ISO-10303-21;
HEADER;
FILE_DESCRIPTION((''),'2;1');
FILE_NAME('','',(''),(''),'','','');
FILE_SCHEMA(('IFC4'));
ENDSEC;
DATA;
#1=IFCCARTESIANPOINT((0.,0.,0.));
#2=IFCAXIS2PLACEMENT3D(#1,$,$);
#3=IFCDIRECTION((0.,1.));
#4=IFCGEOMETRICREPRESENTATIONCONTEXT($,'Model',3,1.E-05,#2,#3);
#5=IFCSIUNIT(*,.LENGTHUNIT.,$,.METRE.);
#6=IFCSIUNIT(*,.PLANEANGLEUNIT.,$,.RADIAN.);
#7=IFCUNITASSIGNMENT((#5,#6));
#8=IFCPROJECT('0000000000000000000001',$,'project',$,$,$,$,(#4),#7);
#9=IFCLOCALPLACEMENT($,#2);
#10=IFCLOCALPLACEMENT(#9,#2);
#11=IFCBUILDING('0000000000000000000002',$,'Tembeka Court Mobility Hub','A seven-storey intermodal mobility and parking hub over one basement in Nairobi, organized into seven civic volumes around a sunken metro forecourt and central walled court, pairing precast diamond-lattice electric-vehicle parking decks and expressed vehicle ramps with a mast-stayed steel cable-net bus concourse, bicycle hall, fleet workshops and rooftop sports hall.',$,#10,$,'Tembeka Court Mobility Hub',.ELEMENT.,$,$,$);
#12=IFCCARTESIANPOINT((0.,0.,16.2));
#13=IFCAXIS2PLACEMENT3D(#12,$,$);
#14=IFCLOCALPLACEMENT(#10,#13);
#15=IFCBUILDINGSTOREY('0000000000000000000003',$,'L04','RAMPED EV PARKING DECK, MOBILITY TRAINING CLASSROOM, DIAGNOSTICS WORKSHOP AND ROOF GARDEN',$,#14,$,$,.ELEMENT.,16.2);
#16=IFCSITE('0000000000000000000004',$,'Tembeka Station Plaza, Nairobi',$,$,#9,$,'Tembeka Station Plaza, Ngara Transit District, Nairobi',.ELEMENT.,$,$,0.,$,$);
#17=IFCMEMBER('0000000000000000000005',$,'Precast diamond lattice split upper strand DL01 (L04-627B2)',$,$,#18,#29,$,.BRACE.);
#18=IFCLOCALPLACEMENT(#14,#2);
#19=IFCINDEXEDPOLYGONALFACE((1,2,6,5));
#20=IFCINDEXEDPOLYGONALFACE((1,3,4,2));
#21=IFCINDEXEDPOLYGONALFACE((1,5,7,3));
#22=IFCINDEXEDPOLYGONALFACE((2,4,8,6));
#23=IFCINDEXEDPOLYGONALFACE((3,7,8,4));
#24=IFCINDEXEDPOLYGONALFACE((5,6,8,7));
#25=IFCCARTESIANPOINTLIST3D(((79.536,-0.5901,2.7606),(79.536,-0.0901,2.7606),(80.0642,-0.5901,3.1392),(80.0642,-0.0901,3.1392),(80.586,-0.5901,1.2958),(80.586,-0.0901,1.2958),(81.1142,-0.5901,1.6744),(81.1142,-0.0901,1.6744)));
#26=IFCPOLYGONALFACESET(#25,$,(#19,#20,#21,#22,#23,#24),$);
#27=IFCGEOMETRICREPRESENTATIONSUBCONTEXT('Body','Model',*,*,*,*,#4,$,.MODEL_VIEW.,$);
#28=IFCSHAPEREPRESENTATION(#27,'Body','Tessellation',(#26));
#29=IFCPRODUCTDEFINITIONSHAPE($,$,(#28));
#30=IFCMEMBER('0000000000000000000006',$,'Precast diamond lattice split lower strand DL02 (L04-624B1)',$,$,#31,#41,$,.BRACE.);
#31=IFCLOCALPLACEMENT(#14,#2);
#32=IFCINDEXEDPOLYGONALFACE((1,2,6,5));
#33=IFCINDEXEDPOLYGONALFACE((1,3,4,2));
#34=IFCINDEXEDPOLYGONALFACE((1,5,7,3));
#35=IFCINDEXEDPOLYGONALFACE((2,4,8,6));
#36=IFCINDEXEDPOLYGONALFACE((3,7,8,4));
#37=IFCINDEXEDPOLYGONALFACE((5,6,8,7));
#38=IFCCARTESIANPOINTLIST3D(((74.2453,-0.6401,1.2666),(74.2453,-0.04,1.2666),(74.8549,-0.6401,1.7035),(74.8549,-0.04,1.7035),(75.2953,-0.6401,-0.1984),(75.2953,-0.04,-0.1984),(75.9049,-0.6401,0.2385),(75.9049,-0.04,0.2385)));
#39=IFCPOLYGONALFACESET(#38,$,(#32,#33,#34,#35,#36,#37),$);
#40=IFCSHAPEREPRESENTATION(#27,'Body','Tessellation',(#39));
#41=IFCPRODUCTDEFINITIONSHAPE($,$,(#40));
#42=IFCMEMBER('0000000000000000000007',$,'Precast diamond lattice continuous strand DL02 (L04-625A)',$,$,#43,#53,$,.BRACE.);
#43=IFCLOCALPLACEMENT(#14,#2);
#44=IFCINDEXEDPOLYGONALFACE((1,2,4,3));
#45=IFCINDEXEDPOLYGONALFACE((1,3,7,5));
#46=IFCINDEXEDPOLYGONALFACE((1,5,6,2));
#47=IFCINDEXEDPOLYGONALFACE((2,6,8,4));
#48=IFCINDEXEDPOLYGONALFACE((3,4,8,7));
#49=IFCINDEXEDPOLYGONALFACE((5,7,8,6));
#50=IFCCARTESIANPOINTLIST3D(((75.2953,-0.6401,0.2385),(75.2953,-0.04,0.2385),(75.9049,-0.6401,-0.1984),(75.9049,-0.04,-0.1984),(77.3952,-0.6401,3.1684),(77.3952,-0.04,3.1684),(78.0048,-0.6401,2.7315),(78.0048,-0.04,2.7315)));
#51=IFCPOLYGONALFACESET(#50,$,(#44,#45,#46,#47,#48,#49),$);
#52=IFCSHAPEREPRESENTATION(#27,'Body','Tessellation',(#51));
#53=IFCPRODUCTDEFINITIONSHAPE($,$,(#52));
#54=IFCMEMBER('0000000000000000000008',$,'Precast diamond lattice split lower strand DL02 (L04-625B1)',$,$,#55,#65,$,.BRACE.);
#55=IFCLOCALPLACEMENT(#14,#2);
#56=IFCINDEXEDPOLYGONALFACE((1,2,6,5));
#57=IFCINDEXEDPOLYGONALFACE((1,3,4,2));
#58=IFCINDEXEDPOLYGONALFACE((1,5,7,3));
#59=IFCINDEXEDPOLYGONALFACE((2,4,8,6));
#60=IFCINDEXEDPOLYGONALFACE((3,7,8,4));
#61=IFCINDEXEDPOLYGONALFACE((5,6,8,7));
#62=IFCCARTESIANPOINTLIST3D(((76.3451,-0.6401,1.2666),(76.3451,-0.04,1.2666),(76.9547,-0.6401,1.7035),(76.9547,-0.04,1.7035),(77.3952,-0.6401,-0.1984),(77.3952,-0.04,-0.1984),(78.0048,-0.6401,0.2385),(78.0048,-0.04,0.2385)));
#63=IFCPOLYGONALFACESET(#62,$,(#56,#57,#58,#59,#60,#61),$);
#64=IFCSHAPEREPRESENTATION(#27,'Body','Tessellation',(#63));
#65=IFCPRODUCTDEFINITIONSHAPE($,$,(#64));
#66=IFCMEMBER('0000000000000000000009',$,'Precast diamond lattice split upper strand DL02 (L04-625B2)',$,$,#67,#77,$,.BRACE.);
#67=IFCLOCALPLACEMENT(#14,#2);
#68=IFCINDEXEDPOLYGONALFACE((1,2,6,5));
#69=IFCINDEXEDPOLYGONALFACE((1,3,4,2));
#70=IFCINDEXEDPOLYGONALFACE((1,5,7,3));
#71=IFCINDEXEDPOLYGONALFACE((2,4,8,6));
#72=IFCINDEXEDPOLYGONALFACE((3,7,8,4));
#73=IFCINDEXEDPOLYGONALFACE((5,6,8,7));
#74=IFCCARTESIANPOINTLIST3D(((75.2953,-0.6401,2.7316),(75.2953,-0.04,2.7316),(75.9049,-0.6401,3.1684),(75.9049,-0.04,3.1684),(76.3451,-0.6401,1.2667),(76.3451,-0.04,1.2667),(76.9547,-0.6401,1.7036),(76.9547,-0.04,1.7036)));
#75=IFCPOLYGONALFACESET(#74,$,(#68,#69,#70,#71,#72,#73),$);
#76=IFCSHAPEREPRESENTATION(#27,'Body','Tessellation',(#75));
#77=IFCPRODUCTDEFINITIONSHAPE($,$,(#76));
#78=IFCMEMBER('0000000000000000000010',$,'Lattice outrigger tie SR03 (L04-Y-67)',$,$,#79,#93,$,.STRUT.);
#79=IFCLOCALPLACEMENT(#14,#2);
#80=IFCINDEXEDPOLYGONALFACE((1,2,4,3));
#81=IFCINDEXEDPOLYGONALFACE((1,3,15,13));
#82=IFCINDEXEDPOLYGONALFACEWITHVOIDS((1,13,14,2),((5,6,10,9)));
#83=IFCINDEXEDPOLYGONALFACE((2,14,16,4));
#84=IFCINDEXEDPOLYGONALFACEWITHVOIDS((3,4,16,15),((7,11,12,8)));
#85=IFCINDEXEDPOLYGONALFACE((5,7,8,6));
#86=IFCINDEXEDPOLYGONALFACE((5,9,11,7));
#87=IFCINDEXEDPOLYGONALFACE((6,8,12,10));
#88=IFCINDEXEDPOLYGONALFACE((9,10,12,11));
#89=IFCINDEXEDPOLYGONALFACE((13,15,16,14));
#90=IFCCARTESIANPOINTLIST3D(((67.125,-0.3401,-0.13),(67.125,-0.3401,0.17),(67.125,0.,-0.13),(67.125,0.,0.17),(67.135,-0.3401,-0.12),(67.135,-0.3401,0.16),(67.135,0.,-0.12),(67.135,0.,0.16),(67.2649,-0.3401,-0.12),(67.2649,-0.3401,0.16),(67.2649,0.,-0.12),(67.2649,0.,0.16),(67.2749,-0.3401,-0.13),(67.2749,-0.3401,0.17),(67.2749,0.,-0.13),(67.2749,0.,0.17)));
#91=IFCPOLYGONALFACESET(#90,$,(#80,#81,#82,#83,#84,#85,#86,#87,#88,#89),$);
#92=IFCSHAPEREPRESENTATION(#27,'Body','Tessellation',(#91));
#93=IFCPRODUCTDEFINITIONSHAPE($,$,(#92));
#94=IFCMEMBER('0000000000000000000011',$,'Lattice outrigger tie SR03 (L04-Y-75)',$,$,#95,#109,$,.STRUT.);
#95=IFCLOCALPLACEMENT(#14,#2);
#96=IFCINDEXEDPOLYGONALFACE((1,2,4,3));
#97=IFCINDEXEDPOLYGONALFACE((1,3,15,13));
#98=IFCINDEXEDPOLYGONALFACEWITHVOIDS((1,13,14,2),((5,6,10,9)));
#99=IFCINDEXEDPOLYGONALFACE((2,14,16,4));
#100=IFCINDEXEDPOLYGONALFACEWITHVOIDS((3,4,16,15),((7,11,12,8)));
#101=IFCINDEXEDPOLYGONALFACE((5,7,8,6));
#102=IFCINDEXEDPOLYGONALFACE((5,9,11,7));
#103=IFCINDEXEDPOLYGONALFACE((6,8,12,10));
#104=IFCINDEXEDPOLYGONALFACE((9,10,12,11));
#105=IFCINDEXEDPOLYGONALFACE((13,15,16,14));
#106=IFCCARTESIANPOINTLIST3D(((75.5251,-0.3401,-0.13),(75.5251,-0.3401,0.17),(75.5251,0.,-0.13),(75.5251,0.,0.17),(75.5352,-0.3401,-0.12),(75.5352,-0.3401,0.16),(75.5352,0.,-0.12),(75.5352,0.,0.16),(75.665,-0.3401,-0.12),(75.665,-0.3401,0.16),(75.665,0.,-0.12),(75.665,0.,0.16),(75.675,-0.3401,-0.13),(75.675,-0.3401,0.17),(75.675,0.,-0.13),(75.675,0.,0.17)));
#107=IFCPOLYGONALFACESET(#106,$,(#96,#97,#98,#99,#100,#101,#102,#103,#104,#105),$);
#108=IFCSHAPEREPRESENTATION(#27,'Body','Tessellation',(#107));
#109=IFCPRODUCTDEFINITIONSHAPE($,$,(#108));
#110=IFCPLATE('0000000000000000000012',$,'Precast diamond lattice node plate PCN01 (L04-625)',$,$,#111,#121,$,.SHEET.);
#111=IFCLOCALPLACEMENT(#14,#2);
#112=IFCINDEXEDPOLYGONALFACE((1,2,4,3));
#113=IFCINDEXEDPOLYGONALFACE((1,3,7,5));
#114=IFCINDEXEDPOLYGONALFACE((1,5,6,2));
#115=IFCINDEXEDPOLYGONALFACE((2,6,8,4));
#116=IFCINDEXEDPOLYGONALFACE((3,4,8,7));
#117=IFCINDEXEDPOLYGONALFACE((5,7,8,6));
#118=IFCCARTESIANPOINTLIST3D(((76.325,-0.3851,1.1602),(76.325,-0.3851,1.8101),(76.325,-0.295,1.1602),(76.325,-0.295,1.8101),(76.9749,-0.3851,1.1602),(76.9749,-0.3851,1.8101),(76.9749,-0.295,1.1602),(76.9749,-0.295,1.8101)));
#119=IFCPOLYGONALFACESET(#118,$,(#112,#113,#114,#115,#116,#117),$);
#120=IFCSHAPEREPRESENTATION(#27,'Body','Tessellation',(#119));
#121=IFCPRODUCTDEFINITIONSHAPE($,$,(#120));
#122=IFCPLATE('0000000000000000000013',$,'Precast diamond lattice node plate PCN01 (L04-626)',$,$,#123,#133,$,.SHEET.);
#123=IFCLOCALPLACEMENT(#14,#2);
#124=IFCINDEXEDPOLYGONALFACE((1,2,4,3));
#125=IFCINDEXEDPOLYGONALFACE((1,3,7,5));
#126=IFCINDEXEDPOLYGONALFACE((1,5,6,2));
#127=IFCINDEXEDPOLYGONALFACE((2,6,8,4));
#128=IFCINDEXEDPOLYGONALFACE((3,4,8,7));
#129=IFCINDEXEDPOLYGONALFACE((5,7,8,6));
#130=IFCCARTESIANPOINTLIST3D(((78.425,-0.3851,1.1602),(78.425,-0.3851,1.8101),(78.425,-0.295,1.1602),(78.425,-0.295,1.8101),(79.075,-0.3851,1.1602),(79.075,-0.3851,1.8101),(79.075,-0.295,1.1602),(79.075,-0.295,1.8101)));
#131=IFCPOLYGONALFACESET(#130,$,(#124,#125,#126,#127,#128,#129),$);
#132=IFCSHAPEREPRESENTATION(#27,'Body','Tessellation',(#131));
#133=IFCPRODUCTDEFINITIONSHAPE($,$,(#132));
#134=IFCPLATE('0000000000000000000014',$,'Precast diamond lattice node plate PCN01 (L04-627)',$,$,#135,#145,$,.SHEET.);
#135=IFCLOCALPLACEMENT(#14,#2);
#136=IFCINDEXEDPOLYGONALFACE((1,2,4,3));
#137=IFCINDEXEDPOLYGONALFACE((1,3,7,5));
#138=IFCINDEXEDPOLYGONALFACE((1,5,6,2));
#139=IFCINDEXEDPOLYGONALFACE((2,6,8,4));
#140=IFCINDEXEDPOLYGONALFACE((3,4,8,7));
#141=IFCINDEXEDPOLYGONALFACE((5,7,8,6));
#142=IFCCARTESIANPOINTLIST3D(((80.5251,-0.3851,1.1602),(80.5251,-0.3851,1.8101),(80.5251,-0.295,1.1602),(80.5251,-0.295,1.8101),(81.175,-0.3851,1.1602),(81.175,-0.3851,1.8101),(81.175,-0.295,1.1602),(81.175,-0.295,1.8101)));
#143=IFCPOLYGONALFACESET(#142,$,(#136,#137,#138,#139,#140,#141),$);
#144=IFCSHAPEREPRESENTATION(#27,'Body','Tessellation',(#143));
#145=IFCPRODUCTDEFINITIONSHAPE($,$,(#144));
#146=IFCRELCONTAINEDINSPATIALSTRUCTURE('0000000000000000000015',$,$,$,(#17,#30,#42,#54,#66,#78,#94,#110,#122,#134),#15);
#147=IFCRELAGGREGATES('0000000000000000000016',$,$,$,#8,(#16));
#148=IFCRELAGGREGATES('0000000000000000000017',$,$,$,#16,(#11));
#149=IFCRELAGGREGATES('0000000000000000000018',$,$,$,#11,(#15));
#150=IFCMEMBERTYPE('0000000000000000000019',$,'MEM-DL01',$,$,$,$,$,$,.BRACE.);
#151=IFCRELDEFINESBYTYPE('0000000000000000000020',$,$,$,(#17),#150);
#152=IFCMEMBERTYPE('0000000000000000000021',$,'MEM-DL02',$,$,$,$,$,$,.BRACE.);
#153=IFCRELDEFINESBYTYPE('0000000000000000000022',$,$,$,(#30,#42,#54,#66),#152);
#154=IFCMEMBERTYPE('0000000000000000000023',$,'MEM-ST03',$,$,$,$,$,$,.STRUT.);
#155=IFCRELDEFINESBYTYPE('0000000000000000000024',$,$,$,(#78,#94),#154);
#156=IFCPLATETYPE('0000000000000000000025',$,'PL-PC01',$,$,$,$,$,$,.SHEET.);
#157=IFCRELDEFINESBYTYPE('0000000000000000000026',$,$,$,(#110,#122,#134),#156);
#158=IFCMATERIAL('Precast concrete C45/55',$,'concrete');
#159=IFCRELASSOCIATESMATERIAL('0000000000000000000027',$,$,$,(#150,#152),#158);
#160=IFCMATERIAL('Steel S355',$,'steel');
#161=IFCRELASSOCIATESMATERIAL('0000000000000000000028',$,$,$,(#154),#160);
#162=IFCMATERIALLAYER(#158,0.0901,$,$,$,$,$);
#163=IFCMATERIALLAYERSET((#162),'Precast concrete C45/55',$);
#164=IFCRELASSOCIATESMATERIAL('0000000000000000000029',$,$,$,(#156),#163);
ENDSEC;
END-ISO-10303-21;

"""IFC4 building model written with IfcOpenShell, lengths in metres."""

from ifc_helpers import new_model, si_unit, direction, frame, origin, origin_2d, place, context, subcontext, project, spatial, rectangle, hollow_rectangle, extrude, material, layer, layer_set, material_profile, profile_set, type_object, element, save


model = new_model("IFC4")

# Units and contexts
model_context = context("Model", 3, precision=1e-05, world=origin(), true_north=direction((0.0, 1.0)))
body_context = subcontext(model_context, "Body", "Model", "MODEL_VIEW")
ifc_project = project(units=[si_unit("LENGTHUNIT", "METRE"), si_unit("PLANEANGLEUNIT", "RADIAN")], contexts=[model_context])

# Site, building, storey
site_placement = place(None, origin())
site = spatial("IfcSite", under=ifc_project, at=site_placement, Name="Tembeka Station Plaza, Nairobi", LongName="Tembeka Station Plaza, Ngara Transit District, Nairobi", CompositionType="ELEMENT", RefElevation=0.0)
building_placement = place(site_placement, origin())
building = spatial("IfcBuilding", under=site, at=building_placement, Name="Tembeka Court Mobility Hub", Description="A seven-storey intermodal mobility and parking hub over one basement in Nairobi, organized into seven civic volumes around a sunken metro forecourt and central walled court, pairing precast diamond-lattice electric-vehicle parking decks and expressed vehicle ramps with a mast-stayed steel cable-net bus concourse, bicycle hall, fleet workshops and rooftop sports hall.", LongName="Tembeka Court Mobility Hub", CompositionType="ELEMENT")
storey_placement = place(building_placement, frame((0.0, 0.0, 16.2)))
storey = spatial("IfcBuildingStorey", under=building, at=storey_placement, Name="L04", Description="RAMPED EV PARKING DECK, MOBILITY TRAINING CLASSROOM, DIAGNOSTICS WORKSHOP AND ROOF GARDEN", CompositionType="ELEMENT", Elevation=16.2)

# Shared definitions
ifc_material_1 = material(Name="Steel S355", Category="steel")

# Shared definitions
ifc_material_2 = material(Name="Precast concrete C45/55", Category="concrete")

# Members
ifc_material_profile_1 = material_profile(ifc_material_2, rectangle(XDim=0.5, YDim=0.6499, at=origin_2d()), Name="PC-DIAG 500x650")
ifc_profile_set_1 = profile_set([ifc_material_profile_1], Name="Precast concrete C45/55")
member_type_1 = type_object("IfcMemberType", Name="MEM-DL01", PredefinedType="BRACE", material=ifc_profile_set_1)
member_1_placement = place(storey_placement, frame((80.8501, -0.3401, 1.4851), z_axis=(-0.582608, 0.0, 0.812753), x_axis=(0.0, -1.0, 0.0)))
element("IfcMember", 1, at=member_1_placement, inside=storey, type_object=member_type_1, Name="Precast diamond lattice split upper strand DL01 (L04-627B2)", PredefinedType="BRACE", context=body_context, shape_type="SweptSolid", body=[
    extrude(rectangle(XDim=0.5, YDim=0.6499, at=origin_2d()), origin(), (0.0, 0.0, 1.0), 1.8022),
])
ifc_material_profile_2 = material_profile(ifc_material_2, rectangle(XDim=0.6001, YDim=0.75, at=origin_2d()), Name="PC-DIAG 600x750")
ifc_profile_set_2 = profile_set([ifc_material_profile_2], Name="Precast concrete C45/55")
member_type_2 = type_object("IfcMemberType", Name="MEM-DL02", PredefinedType="BRACE", material=ifc_profile_set_2)
member_2_placement = place(storey_placement, frame((75.6001, -0.3401, 0.02), z_axis=(-0.582544, 0.0, 0.812799), x_axis=(0.0, -1.0, 0.0)))
element("IfcMember", 2, at=member_2_placement, inside=storey, type_object=member_type_2, Name="Precast diamond lattice split lower strand DL02 (L04-624B1)", PredefinedType="BRACE", context=body_context, shape_type="SweptSolid", body=[
    extrude(rectangle(XDim=0.6001, YDim=0.75, at=origin_2d()), origin(), (0.0, 0.0, 1.0), 1.8025),
])
member_3_placement = place(storey_placement, frame((75.6001, -0.3401, 0.02), z_axis=(0.582532, 0.0, 0.812808), x_axis=(0.0, 1.0, 0.0)))
element("IfcMember", 3, at=member_3_placement, inside=storey, type_object=member_type_2, Name="Precast diamond lattice continuous strand DL02 (L04-625A)", PredefinedType="BRACE", context=body_context, shape_type="SweptSolid", body=[
    extrude(rectangle(XDim=0.6001, YDim=0.75, at=origin_2d()), origin(), (0.0, 0.0, 1.0), 3.6047),
])
member_4_placement = place(storey_placement, frame((77.7, -0.3401, 0.02), z_axis=(-0.582544, 0.0, 0.812799), x_axis=(0.0, -1.0, 0.0)))
element("IfcMember", 4, at=member_4_placement, inside=storey, type_object=member_type_2, Name="Precast diamond lattice split lower strand DL02 (L04-625B1)", PredefinedType="BRACE", context=body_context, shape_type="SweptSolid", body=[
    extrude(rectangle(XDim=0.6001, YDim=0.75, at=origin_2d()), origin(), (0.0, 0.0, 1.0), 1.8025),
])
member_5_placement = place(storey_placement, frame((76.6499, -0.3401, 1.4851), z_axis=(-0.582519, 0.0, 0.812817), x_axis=(0.0, -1.0, 0.0)))
element("IfcMember", 5, at=member_5_placement, inside=storey, type_object=member_type_2, Name="Precast diamond lattice split upper strand DL02 (L04-625B2)", PredefinedType="BRACE", context=body_context, shape_type="SweptSolid", body=[
    extrude(rectangle(XDim=0.6001, YDim=0.75, at=origin_2d()), origin(), (0.0, 0.0, 1.0), 1.8022),
])
ifc_material_profile_3 = material_profile(ifc_material_1, hollow_rectangle(XDim=0.1499, YDim=0.3, WallThickness=0.01, at=origin_2d()), Name="RHS 300x150x10")
ifc_profile_set_3 = profile_set([ifc_material_profile_3], Name="Steel S355")
member_type_3 = type_object("IfcMemberType", Name="MEM-ST03", PredefinedType="STRUT", material=ifc_profile_set_3)
for number, where, z_axis, x_axis, name in (
    (6, (67.2, 0.0, 0.02), (0.0, -1.0, 0.0), (1.0, 0.0, 0.0), "Lattice outrigger tie SR03 (L04-Y-67)"),
    (7, (75.6001, 0.0, 0.02), (0.0, -1.0, 0.0), (1.0, 0.0, 0.0), "Lattice outrigger tie SR03 (L04-Y-75)"),
):
    element("IfcMember", number, at=place(storey_placement, frame(where, z_axis=z_axis, x_axis=x_axis)), inside=storey, type_object=member_type_3, Name=name, PredefinedType="STRUT", context=body_context, shape_type="SweptSolid", body=[
        extrude(hollow_rectangle(XDim=0.1499, YDim=0.3, WallThickness=0.01, at=origin_2d()), origin(), (0.0, 0.0, 1.0), 0.3401),
    ])

# Plates
ifc_layer = layer(ifc_material_2, 0.0901)
ifc_layer_set = layer_set([ifc_layer], Name="Precast concrete C45/55")
plate_type = type_object("IfcPlateType", Name="PL-PC01", PredefinedType="SHEET", material=ifc_layer_set)
for number, where, z_axis, x_axis, name in (
    (8, (76.6499, -0.3401, 1.1602), (0.0, 0.0, 1.0), (1.0, 0.0, 0.0), "Precast diamond lattice node plate PCN01 (L04-625)"),
    (9, (78.75, -0.3401, 1.1602), (0.0, 0.0, 1.0), (1.0, 0.0, 0.0), "Precast diamond lattice node plate PCN01 (L04-626)"),
    (10, (80.8501, -0.3401, 1.1602), (0.0, 0.0, 1.0), (1.0, 0.0, 0.0), "Precast diamond lattice node plate PCN01 (L04-627)"),
):
    element("IfcPlate", number, at=place(storey_placement, frame(where, z_axis=z_axis, x_axis=x_axis)), inside=storey, type_object=plate_type, Name=name, PredefinedType="SHEET", context=body_context, shape_type="SweptSolid", body=[
        extrude(rectangle(XDim=0.6499, YDim=0.0901, at=origin_2d()), origin(), (0.0, 0.0, 1.0), 0.6499),
    ])

save(model, "model.ifc")
